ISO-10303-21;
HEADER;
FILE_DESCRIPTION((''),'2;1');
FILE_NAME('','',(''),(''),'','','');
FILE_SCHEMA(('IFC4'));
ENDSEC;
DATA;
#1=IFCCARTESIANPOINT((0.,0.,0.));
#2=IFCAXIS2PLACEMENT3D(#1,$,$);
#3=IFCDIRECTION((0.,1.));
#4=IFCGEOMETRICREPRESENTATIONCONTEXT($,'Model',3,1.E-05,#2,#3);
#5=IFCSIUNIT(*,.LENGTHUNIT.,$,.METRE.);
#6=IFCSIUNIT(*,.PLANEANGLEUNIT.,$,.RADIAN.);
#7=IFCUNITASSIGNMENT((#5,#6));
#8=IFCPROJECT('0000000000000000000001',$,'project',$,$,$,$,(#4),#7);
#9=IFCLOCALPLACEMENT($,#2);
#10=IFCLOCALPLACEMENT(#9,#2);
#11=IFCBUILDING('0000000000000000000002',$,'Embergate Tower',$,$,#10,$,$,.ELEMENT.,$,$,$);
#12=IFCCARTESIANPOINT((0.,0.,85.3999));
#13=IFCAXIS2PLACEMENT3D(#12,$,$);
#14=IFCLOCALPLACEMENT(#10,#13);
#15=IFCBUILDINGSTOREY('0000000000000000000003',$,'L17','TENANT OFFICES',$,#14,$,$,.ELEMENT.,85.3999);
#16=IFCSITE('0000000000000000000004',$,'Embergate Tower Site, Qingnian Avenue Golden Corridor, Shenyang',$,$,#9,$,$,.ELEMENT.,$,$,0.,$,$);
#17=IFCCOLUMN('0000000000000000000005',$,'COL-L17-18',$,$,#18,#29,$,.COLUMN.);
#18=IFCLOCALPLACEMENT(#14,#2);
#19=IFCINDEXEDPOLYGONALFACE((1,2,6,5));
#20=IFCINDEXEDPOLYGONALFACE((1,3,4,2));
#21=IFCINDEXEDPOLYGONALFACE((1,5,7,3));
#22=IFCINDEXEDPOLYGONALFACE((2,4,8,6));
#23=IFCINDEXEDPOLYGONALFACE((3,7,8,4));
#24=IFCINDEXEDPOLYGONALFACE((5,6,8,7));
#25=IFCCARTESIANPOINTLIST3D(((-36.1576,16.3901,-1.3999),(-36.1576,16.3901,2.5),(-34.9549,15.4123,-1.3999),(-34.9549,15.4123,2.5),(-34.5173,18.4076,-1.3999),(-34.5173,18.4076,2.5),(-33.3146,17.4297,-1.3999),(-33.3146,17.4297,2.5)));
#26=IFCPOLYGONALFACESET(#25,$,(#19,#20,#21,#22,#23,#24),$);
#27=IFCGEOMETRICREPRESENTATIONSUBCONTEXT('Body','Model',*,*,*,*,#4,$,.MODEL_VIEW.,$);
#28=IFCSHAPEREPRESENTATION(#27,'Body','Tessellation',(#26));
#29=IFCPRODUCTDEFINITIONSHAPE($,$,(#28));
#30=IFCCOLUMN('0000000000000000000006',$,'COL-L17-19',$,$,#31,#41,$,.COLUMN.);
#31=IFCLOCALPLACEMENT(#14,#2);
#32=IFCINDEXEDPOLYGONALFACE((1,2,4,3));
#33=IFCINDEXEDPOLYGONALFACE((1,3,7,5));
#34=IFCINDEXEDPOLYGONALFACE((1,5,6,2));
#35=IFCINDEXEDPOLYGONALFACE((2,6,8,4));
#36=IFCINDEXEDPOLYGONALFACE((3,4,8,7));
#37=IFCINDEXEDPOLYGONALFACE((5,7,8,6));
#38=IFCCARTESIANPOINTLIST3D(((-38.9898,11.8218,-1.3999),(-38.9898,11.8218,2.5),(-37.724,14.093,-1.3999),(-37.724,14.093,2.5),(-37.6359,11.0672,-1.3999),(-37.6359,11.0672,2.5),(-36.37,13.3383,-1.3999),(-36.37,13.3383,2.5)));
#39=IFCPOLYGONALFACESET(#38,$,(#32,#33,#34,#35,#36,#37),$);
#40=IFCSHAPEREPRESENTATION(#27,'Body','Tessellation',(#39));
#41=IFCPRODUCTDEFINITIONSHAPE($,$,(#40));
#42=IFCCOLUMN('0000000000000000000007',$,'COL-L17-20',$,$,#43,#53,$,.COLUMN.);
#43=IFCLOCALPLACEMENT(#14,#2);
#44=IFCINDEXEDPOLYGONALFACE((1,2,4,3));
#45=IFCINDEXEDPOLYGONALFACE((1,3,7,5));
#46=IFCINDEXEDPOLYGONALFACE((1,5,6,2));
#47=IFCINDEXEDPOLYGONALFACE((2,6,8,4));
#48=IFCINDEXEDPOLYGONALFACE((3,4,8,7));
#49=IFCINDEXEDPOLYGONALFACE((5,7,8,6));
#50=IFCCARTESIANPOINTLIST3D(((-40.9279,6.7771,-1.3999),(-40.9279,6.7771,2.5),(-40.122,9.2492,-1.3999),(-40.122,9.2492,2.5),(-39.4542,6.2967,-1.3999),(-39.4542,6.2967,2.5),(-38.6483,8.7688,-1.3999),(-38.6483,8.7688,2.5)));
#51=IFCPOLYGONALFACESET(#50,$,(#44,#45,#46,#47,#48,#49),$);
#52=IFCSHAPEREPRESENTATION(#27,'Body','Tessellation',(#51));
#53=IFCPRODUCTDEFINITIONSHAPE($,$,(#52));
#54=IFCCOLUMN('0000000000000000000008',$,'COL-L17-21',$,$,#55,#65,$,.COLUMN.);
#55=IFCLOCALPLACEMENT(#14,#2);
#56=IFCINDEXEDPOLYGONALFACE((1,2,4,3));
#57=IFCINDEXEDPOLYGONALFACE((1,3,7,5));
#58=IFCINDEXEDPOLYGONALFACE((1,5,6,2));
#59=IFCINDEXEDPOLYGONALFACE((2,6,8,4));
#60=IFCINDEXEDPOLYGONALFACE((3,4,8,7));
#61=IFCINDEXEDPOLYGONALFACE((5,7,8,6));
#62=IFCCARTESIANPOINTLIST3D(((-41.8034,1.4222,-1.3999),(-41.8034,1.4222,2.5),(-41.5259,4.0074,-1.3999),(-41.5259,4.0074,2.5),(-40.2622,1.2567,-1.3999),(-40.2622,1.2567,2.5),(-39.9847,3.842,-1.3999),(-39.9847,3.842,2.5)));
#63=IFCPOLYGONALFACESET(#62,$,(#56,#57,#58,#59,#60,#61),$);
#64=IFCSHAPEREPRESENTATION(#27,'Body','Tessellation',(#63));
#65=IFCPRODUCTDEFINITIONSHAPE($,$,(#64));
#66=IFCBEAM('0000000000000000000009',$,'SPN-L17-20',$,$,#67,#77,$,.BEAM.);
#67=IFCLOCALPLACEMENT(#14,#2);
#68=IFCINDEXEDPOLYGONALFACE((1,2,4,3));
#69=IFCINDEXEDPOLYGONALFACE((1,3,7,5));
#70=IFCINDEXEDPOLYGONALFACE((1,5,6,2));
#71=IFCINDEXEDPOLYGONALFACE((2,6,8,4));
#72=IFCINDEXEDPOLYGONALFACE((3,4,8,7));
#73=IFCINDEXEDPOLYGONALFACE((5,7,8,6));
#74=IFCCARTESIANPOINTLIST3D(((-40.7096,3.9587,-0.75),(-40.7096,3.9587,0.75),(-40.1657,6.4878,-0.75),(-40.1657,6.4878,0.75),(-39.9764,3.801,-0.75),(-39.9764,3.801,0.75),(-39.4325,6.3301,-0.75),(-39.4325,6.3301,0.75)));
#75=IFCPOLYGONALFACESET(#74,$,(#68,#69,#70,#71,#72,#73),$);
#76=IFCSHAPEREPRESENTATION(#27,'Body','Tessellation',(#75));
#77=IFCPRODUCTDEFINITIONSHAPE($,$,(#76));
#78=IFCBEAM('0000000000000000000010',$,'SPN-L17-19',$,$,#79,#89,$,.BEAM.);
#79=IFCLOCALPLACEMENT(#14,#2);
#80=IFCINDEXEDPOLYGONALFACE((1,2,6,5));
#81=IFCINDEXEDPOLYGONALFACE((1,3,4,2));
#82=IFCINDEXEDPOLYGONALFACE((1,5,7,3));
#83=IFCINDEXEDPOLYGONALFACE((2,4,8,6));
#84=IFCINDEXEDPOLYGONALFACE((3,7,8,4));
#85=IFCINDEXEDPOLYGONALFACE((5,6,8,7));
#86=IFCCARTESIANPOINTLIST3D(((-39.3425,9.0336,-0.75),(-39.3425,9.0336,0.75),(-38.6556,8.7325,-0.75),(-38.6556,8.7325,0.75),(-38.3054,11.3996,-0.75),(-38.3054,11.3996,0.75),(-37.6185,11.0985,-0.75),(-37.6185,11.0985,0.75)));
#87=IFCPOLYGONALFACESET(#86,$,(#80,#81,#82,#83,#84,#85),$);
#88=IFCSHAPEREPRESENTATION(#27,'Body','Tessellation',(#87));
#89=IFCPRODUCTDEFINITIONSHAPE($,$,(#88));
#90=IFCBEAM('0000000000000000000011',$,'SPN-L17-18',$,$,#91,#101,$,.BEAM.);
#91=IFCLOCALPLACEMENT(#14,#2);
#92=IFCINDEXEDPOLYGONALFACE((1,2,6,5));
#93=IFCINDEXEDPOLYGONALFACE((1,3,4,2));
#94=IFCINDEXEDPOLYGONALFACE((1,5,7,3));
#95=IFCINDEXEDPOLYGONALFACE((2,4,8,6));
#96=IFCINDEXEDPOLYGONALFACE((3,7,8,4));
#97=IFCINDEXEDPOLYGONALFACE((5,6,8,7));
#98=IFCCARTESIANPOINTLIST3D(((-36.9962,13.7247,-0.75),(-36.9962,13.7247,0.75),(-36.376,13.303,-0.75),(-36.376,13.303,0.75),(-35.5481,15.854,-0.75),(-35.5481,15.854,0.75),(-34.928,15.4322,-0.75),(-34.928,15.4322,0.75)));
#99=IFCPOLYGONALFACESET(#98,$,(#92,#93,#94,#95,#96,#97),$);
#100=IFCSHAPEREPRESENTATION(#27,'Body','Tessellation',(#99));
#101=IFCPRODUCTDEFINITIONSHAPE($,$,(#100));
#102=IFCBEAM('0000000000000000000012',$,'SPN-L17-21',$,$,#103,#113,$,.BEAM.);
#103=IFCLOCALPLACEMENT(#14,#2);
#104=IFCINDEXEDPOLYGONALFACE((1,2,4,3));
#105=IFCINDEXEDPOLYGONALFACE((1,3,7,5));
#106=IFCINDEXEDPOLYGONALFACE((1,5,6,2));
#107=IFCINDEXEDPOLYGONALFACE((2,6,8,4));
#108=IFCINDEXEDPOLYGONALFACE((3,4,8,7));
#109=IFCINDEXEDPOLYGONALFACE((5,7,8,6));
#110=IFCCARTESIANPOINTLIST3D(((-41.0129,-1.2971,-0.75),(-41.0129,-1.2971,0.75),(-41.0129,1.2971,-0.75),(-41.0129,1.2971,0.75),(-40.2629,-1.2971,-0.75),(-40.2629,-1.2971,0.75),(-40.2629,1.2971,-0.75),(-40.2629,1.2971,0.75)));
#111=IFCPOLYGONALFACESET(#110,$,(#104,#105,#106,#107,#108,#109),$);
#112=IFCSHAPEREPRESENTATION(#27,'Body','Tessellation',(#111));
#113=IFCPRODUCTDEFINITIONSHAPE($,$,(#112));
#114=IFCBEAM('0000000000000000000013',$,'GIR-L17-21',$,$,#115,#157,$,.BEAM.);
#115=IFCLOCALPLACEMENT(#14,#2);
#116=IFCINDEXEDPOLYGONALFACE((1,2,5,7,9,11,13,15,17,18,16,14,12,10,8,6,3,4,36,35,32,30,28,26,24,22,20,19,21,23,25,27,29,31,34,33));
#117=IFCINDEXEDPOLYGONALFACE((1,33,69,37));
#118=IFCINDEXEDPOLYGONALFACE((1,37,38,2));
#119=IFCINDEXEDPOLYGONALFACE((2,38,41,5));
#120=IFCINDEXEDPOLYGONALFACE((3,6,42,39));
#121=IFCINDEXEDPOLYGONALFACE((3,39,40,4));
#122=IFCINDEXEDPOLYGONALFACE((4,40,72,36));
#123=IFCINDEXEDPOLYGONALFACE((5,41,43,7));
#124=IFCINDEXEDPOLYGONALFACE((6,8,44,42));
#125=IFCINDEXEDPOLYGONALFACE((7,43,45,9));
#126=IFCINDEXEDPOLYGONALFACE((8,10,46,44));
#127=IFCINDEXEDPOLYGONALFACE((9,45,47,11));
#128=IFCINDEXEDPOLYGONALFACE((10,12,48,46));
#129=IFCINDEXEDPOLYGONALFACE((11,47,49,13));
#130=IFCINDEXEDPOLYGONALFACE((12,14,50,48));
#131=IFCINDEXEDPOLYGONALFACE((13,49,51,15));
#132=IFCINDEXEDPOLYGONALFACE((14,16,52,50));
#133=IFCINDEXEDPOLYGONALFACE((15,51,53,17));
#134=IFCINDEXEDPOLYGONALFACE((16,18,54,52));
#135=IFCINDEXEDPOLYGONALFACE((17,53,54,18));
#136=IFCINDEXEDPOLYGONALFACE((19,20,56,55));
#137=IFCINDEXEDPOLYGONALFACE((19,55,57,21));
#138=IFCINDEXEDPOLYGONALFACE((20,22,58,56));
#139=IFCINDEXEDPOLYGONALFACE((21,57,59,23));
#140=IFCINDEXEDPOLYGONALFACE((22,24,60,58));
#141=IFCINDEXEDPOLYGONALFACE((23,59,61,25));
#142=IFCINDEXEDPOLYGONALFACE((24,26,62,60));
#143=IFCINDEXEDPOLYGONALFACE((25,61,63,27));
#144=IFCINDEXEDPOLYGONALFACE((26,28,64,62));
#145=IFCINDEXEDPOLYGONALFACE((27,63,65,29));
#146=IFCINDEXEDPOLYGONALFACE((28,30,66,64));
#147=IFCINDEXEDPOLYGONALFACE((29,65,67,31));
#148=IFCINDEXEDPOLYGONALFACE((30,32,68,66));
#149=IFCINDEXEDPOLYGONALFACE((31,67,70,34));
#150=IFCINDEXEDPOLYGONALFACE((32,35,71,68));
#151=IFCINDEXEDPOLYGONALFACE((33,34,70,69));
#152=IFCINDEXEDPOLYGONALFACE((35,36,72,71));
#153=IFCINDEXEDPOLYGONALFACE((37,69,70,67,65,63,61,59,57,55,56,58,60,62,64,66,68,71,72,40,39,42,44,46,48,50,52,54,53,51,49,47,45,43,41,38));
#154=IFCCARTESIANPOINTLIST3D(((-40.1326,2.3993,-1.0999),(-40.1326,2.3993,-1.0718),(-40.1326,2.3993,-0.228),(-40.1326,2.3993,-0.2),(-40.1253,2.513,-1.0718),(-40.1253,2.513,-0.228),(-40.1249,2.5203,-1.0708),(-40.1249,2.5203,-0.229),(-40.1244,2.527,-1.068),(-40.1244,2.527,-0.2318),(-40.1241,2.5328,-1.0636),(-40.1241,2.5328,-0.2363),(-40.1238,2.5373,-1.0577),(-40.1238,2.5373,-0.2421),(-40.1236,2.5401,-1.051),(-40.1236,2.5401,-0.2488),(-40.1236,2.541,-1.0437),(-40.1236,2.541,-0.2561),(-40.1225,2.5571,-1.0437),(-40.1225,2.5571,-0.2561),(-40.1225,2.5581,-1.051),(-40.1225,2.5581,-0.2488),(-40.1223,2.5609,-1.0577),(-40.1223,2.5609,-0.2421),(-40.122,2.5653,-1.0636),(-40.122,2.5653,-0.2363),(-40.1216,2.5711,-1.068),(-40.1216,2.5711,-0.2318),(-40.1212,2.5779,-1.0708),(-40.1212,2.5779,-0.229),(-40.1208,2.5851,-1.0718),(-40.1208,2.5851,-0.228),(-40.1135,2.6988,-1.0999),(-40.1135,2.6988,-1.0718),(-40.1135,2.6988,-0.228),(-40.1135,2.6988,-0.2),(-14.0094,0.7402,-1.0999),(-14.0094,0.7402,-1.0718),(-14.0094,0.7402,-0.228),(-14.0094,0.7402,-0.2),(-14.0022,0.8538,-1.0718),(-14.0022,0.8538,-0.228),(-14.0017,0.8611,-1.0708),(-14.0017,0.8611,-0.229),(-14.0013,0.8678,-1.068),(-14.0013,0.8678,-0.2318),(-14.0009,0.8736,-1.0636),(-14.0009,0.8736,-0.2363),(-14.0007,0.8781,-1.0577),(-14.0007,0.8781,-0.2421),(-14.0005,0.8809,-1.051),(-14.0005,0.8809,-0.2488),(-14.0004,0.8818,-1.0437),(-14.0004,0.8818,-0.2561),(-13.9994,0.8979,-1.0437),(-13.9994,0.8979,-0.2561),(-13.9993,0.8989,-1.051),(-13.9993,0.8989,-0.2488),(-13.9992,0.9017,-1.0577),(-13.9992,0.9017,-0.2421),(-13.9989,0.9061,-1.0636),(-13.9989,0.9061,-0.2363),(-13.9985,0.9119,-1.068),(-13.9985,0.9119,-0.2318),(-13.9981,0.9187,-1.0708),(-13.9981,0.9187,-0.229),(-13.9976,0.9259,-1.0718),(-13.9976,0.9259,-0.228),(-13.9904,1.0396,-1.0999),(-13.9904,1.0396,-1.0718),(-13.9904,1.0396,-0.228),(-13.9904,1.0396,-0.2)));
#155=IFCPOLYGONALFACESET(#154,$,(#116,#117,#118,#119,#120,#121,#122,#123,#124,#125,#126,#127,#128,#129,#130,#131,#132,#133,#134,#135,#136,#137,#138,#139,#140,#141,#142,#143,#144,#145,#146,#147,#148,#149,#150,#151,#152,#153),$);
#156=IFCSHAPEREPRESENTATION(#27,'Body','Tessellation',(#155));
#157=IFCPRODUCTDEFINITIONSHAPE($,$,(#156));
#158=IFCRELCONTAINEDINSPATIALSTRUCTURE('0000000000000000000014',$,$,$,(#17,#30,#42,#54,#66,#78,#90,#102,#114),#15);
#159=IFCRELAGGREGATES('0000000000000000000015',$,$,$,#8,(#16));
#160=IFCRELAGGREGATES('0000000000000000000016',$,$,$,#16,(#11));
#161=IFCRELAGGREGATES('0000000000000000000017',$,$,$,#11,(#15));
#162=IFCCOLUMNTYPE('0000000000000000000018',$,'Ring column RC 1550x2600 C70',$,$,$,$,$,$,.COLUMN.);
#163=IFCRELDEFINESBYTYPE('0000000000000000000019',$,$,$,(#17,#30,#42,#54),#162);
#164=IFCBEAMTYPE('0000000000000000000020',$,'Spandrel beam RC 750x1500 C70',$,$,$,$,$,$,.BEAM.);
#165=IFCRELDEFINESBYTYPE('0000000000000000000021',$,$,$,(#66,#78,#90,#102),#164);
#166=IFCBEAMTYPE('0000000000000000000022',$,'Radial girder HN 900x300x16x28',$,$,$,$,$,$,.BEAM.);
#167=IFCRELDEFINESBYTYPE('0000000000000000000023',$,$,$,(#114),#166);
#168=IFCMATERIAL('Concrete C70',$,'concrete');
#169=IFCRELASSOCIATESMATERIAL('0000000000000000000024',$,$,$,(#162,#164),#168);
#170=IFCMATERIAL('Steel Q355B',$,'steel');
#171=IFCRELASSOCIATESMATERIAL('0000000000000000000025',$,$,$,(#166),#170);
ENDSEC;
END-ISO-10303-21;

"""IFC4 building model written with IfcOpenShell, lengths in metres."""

from ifc_helpers import new_model, si_unit, direction, frame, origin, origin_2d, place, context, subcontext, project, spatial, rectangle, i_section, extrude, source, transform, mapped, material, material_profile, profile_set, type_object, element, save


model = new_model("IFC4")

# Units and contexts
model_context = context("Model", 3, precision=1e-05, world=origin(), true_north=direction((0.0, 1.0)))
body_context = subcontext(model_context, "Body", "Model", "MODEL_VIEW")
ifc_project = project(units=[si_unit("LENGTHUNIT", "METRE"), si_unit("PLANEANGLEUNIT", "RADIAN")], contexts=[model_context])

# Site, building, storey
site_placement = place(None, origin())
site = spatial("IfcSite", under=ifc_project, at=site_placement, Name="Embergate Tower Site, Qingnian Avenue Golden Corridor, Shenyang", CompositionType="ELEMENT", RefElevation=0.0)
building_placement = place(site_placement, origin())
building = spatial("IfcBuilding", under=site, at=building_placement, Name="Embergate Tower", CompositionType="ELEMENT")
storey_placement = place(building_placement, frame((0.0, 0.0, 85.3999)))
storey = spatial("IfcBuildingStorey", under=building, at=storey_placement, Name="L17", Description="TENANT OFFICES", CompositionType="ELEMENT", Elevation=85.3999)

# Columns
ifc_material_1 = material(Name="Concrete C70", Category="concrete")
ifc_material_profile_1 = material_profile(ifc_material_1, rectangle(XDim=1.55, YDim=2.6001, at=origin_2d()), Name="RC 1550x2600")
ifc_profile_set_1 = profile_set([ifc_material_profile_1], Name="Concrete C70")
column_type = type_object("IfcColumnType", Name="Ring column RC 1550x2600 C70", PredefinedType="COLUMN", material=ifc_profile_set_1)
shared_shape_1 = source(origin(), body_context, "Body", "SweptSolid", [
    extrude(rectangle(XDim=1.55, YDim=2.6001, at=origin_2d()), origin(), (0.0, 0.0, 1.0), 3.8999),
])
for number, where, z_axis, x_axis, name in (
    (1, (-34.7361, 16.9099, -1.3999), (0.0, 0.0, 1.0), (-0.775914, 0.630838, 0.0), "COL-L17-18"),
    (2, (-37.6799, 12.5801, -1.3999), (0.0, 0.0, 1.0), (-0.873492, 0.486839, 0.0), "COL-L17-19"),
    (3, (-39.7881, 7.7729, -1.3999), (0.0, 0.0, 1.0), (-0.950754, 0.309946, 0.0), "COL-L17-20"),
    (4, (-40.894, 2.6321, -1.3999), (0.0, 0.0, 1.0), (-0.994286, 0.10675, 0.0), "COL-L17-21"),
):
    element("IfcColumn", number, at=place(storey_placement, frame(where, z_axis=z_axis, x_axis=x_axis)), inside=storey, type_object=column_type, Name=name, PredefinedType="COLUMN", context=body_context, shape_type="MappedRepresentation", body=[
        mapped(shared_shape_1, transform((0.0, 0.0, 0.0))),
    ])

# Beams
ifc_material_profile_2 = material_profile(ifc_material_1, rectangle(XDim=0.75, YDim=1.5, at=origin_2d()), Name="RC 750x1500")
ifc_profile_set_2 = profile_set([ifc_material_profile_2], Name="Concrete C70")
beam_type_1 = type_object("IfcBeamType", Name="Spandrel beam RC 750x1500 C70", PredefinedType="BEAM", material=ifc_profile_set_2)
shared_shape_2 = source(origin(), body_context, "Body", "SweptSolid", [
    extrude(rectangle(XDim=0.75, YDim=1.5, at=origin_2d()), origin(), (0.0, 0.0, 1.0), 2.5869),
])
beam_1_placement = place(storey_placement, frame((-39.7991, 6.4089, 0.0), z_axis=(-0.21027, -0.977643, 0.0), x_axis=(0.977643, -0.21027, 0.0)))
element("IfcBeam", 5, at=beam_1_placement, inside=storey, type_object=beam_type_1, Name="SPN-L17-20", PredefinedType="BEAM", context=body_context, shape_type="MappedRepresentation", body=[
    mapped(shared_shape_2, transform((0.0, 0.0, 0.0))),
])
shared_shape_3 = source(origin(), body_context, "Body", "SweptSolid", [
    extrude(rectangle(XDim=0.75, YDim=1.5, at=origin_2d()), origin(), (0.0, 0.0, 1.0), 2.5833),
])
beam_2_placement = place(storey_placement, frame((-37.9619, 11.249, 0.0), z_axis=(-0.401468, -0.915873, 0.0), x_axis=(0.915873, -0.401468, 0.0)))
element("IfcBeam", 6, at=beam_2_placement, inside=storey, type_object=beam_type_1, Name="SPN-L17-19", PredefinedType="BEAM", context=body_context, shape_type="MappedRepresentation", body=[
    mapped(shared_shape_3, transform((0.0, 0.0, 0.0))),
])
shared_shape_4 = source(origin(), body_context, "Body", "SweptSolid", [
    extrude(rectangle(XDim=0.75, YDim=1.5, at=origin_2d()), origin(), (0.0, 0.0, 1.0), 2.575),
])
beam_3_placement = place(storey_placement, frame((-35.238, 15.6431, 0.0), z_axis=(-0.562357, -0.826895, 0.0), x_axis=(0.826895, -0.562357, 0.0)))
element("IfcBeam", 7, at=beam_3_placement, inside=storey, type_object=beam_type_1, Name="SPN-L17-18", PredefinedType="BEAM", context=body_context, shape_type="MappedRepresentation", body=[
    mapped(shared_shape_4, transform((0.0, 0.0, 0.0))),
])
shared_shape_5 = source(origin(), body_context, "Body", "SweptSolid", [
    extrude(rectangle(XDim=0.75, YDim=1.5, at=origin_2d()), origin(), (0.0, 0.0, 1.0), 2.5942),
])
beam_4_placement = place(storey_placement, frame((-40.6379, 1.2971, 0.0), z_axis=(0.0, -1.0, 0.0), x_axis=(1.0, 0.0, 0.0)))
element("IfcBeam", 8, at=beam_4_placement, inside=storey, type_object=beam_type_1, Name="SPN-L17-21", PredefinedType="BEAM", context=body_context, shape_type="MappedRepresentation", body=[
    mapped(shared_shape_5, transform((0.0, 0.0, 0.0))),
])
ifc_material_2 = material(Name="Steel Q355B", Category="steel")
ifc_material_profile_3 = material_profile(ifc_material_2, i_section(OverallWidth=0.3, OverallDepth=0.8999, WebThickness=0.0161, FlangeThickness=0.0281, FilletRadius=0.0281, at=origin_2d()), Name="HN 900x300x16x28")
ifc_profile_set_3 = profile_set([ifc_material_profile_3], Name="Steel Q355 grade B")
beam_type_2 = type_object("IfcBeamType", Name="Radial girder HN 900x300x16x28", PredefinedType="BEAM", material=ifc_profile_set_3)
shared_shape_6 = source(origin(), body_context, "Body", "SweptSolid", [
    extrude(i_section(OverallWidth=0.3, OverallDepth=0.8999, WebThickness=0.0161, FlangeThickness=0.0281, FilletRadius=0.0281, at=origin_2d()), origin(), (0.0, 0.0, 1.0), 26.1758),
])
beam_5_placement = place(storey_placement, frame((-40.123, 2.5491, -0.6499), z_axis=(0.997989, -0.063386, 0.0), x_axis=(0.063386, 0.997989, 0.0)))
element("IfcBeam", 9, at=beam_5_placement, inside=storey, type_object=beam_type_2, Name="GIR-L17-21", PredefinedType="BEAM", context=body_context, shape_type="MappedRepresentation", body=[
    mapped(shared_shape_6, transform((0.0, 0.0, 0.0))),
])

save(model, "model.ifc")
